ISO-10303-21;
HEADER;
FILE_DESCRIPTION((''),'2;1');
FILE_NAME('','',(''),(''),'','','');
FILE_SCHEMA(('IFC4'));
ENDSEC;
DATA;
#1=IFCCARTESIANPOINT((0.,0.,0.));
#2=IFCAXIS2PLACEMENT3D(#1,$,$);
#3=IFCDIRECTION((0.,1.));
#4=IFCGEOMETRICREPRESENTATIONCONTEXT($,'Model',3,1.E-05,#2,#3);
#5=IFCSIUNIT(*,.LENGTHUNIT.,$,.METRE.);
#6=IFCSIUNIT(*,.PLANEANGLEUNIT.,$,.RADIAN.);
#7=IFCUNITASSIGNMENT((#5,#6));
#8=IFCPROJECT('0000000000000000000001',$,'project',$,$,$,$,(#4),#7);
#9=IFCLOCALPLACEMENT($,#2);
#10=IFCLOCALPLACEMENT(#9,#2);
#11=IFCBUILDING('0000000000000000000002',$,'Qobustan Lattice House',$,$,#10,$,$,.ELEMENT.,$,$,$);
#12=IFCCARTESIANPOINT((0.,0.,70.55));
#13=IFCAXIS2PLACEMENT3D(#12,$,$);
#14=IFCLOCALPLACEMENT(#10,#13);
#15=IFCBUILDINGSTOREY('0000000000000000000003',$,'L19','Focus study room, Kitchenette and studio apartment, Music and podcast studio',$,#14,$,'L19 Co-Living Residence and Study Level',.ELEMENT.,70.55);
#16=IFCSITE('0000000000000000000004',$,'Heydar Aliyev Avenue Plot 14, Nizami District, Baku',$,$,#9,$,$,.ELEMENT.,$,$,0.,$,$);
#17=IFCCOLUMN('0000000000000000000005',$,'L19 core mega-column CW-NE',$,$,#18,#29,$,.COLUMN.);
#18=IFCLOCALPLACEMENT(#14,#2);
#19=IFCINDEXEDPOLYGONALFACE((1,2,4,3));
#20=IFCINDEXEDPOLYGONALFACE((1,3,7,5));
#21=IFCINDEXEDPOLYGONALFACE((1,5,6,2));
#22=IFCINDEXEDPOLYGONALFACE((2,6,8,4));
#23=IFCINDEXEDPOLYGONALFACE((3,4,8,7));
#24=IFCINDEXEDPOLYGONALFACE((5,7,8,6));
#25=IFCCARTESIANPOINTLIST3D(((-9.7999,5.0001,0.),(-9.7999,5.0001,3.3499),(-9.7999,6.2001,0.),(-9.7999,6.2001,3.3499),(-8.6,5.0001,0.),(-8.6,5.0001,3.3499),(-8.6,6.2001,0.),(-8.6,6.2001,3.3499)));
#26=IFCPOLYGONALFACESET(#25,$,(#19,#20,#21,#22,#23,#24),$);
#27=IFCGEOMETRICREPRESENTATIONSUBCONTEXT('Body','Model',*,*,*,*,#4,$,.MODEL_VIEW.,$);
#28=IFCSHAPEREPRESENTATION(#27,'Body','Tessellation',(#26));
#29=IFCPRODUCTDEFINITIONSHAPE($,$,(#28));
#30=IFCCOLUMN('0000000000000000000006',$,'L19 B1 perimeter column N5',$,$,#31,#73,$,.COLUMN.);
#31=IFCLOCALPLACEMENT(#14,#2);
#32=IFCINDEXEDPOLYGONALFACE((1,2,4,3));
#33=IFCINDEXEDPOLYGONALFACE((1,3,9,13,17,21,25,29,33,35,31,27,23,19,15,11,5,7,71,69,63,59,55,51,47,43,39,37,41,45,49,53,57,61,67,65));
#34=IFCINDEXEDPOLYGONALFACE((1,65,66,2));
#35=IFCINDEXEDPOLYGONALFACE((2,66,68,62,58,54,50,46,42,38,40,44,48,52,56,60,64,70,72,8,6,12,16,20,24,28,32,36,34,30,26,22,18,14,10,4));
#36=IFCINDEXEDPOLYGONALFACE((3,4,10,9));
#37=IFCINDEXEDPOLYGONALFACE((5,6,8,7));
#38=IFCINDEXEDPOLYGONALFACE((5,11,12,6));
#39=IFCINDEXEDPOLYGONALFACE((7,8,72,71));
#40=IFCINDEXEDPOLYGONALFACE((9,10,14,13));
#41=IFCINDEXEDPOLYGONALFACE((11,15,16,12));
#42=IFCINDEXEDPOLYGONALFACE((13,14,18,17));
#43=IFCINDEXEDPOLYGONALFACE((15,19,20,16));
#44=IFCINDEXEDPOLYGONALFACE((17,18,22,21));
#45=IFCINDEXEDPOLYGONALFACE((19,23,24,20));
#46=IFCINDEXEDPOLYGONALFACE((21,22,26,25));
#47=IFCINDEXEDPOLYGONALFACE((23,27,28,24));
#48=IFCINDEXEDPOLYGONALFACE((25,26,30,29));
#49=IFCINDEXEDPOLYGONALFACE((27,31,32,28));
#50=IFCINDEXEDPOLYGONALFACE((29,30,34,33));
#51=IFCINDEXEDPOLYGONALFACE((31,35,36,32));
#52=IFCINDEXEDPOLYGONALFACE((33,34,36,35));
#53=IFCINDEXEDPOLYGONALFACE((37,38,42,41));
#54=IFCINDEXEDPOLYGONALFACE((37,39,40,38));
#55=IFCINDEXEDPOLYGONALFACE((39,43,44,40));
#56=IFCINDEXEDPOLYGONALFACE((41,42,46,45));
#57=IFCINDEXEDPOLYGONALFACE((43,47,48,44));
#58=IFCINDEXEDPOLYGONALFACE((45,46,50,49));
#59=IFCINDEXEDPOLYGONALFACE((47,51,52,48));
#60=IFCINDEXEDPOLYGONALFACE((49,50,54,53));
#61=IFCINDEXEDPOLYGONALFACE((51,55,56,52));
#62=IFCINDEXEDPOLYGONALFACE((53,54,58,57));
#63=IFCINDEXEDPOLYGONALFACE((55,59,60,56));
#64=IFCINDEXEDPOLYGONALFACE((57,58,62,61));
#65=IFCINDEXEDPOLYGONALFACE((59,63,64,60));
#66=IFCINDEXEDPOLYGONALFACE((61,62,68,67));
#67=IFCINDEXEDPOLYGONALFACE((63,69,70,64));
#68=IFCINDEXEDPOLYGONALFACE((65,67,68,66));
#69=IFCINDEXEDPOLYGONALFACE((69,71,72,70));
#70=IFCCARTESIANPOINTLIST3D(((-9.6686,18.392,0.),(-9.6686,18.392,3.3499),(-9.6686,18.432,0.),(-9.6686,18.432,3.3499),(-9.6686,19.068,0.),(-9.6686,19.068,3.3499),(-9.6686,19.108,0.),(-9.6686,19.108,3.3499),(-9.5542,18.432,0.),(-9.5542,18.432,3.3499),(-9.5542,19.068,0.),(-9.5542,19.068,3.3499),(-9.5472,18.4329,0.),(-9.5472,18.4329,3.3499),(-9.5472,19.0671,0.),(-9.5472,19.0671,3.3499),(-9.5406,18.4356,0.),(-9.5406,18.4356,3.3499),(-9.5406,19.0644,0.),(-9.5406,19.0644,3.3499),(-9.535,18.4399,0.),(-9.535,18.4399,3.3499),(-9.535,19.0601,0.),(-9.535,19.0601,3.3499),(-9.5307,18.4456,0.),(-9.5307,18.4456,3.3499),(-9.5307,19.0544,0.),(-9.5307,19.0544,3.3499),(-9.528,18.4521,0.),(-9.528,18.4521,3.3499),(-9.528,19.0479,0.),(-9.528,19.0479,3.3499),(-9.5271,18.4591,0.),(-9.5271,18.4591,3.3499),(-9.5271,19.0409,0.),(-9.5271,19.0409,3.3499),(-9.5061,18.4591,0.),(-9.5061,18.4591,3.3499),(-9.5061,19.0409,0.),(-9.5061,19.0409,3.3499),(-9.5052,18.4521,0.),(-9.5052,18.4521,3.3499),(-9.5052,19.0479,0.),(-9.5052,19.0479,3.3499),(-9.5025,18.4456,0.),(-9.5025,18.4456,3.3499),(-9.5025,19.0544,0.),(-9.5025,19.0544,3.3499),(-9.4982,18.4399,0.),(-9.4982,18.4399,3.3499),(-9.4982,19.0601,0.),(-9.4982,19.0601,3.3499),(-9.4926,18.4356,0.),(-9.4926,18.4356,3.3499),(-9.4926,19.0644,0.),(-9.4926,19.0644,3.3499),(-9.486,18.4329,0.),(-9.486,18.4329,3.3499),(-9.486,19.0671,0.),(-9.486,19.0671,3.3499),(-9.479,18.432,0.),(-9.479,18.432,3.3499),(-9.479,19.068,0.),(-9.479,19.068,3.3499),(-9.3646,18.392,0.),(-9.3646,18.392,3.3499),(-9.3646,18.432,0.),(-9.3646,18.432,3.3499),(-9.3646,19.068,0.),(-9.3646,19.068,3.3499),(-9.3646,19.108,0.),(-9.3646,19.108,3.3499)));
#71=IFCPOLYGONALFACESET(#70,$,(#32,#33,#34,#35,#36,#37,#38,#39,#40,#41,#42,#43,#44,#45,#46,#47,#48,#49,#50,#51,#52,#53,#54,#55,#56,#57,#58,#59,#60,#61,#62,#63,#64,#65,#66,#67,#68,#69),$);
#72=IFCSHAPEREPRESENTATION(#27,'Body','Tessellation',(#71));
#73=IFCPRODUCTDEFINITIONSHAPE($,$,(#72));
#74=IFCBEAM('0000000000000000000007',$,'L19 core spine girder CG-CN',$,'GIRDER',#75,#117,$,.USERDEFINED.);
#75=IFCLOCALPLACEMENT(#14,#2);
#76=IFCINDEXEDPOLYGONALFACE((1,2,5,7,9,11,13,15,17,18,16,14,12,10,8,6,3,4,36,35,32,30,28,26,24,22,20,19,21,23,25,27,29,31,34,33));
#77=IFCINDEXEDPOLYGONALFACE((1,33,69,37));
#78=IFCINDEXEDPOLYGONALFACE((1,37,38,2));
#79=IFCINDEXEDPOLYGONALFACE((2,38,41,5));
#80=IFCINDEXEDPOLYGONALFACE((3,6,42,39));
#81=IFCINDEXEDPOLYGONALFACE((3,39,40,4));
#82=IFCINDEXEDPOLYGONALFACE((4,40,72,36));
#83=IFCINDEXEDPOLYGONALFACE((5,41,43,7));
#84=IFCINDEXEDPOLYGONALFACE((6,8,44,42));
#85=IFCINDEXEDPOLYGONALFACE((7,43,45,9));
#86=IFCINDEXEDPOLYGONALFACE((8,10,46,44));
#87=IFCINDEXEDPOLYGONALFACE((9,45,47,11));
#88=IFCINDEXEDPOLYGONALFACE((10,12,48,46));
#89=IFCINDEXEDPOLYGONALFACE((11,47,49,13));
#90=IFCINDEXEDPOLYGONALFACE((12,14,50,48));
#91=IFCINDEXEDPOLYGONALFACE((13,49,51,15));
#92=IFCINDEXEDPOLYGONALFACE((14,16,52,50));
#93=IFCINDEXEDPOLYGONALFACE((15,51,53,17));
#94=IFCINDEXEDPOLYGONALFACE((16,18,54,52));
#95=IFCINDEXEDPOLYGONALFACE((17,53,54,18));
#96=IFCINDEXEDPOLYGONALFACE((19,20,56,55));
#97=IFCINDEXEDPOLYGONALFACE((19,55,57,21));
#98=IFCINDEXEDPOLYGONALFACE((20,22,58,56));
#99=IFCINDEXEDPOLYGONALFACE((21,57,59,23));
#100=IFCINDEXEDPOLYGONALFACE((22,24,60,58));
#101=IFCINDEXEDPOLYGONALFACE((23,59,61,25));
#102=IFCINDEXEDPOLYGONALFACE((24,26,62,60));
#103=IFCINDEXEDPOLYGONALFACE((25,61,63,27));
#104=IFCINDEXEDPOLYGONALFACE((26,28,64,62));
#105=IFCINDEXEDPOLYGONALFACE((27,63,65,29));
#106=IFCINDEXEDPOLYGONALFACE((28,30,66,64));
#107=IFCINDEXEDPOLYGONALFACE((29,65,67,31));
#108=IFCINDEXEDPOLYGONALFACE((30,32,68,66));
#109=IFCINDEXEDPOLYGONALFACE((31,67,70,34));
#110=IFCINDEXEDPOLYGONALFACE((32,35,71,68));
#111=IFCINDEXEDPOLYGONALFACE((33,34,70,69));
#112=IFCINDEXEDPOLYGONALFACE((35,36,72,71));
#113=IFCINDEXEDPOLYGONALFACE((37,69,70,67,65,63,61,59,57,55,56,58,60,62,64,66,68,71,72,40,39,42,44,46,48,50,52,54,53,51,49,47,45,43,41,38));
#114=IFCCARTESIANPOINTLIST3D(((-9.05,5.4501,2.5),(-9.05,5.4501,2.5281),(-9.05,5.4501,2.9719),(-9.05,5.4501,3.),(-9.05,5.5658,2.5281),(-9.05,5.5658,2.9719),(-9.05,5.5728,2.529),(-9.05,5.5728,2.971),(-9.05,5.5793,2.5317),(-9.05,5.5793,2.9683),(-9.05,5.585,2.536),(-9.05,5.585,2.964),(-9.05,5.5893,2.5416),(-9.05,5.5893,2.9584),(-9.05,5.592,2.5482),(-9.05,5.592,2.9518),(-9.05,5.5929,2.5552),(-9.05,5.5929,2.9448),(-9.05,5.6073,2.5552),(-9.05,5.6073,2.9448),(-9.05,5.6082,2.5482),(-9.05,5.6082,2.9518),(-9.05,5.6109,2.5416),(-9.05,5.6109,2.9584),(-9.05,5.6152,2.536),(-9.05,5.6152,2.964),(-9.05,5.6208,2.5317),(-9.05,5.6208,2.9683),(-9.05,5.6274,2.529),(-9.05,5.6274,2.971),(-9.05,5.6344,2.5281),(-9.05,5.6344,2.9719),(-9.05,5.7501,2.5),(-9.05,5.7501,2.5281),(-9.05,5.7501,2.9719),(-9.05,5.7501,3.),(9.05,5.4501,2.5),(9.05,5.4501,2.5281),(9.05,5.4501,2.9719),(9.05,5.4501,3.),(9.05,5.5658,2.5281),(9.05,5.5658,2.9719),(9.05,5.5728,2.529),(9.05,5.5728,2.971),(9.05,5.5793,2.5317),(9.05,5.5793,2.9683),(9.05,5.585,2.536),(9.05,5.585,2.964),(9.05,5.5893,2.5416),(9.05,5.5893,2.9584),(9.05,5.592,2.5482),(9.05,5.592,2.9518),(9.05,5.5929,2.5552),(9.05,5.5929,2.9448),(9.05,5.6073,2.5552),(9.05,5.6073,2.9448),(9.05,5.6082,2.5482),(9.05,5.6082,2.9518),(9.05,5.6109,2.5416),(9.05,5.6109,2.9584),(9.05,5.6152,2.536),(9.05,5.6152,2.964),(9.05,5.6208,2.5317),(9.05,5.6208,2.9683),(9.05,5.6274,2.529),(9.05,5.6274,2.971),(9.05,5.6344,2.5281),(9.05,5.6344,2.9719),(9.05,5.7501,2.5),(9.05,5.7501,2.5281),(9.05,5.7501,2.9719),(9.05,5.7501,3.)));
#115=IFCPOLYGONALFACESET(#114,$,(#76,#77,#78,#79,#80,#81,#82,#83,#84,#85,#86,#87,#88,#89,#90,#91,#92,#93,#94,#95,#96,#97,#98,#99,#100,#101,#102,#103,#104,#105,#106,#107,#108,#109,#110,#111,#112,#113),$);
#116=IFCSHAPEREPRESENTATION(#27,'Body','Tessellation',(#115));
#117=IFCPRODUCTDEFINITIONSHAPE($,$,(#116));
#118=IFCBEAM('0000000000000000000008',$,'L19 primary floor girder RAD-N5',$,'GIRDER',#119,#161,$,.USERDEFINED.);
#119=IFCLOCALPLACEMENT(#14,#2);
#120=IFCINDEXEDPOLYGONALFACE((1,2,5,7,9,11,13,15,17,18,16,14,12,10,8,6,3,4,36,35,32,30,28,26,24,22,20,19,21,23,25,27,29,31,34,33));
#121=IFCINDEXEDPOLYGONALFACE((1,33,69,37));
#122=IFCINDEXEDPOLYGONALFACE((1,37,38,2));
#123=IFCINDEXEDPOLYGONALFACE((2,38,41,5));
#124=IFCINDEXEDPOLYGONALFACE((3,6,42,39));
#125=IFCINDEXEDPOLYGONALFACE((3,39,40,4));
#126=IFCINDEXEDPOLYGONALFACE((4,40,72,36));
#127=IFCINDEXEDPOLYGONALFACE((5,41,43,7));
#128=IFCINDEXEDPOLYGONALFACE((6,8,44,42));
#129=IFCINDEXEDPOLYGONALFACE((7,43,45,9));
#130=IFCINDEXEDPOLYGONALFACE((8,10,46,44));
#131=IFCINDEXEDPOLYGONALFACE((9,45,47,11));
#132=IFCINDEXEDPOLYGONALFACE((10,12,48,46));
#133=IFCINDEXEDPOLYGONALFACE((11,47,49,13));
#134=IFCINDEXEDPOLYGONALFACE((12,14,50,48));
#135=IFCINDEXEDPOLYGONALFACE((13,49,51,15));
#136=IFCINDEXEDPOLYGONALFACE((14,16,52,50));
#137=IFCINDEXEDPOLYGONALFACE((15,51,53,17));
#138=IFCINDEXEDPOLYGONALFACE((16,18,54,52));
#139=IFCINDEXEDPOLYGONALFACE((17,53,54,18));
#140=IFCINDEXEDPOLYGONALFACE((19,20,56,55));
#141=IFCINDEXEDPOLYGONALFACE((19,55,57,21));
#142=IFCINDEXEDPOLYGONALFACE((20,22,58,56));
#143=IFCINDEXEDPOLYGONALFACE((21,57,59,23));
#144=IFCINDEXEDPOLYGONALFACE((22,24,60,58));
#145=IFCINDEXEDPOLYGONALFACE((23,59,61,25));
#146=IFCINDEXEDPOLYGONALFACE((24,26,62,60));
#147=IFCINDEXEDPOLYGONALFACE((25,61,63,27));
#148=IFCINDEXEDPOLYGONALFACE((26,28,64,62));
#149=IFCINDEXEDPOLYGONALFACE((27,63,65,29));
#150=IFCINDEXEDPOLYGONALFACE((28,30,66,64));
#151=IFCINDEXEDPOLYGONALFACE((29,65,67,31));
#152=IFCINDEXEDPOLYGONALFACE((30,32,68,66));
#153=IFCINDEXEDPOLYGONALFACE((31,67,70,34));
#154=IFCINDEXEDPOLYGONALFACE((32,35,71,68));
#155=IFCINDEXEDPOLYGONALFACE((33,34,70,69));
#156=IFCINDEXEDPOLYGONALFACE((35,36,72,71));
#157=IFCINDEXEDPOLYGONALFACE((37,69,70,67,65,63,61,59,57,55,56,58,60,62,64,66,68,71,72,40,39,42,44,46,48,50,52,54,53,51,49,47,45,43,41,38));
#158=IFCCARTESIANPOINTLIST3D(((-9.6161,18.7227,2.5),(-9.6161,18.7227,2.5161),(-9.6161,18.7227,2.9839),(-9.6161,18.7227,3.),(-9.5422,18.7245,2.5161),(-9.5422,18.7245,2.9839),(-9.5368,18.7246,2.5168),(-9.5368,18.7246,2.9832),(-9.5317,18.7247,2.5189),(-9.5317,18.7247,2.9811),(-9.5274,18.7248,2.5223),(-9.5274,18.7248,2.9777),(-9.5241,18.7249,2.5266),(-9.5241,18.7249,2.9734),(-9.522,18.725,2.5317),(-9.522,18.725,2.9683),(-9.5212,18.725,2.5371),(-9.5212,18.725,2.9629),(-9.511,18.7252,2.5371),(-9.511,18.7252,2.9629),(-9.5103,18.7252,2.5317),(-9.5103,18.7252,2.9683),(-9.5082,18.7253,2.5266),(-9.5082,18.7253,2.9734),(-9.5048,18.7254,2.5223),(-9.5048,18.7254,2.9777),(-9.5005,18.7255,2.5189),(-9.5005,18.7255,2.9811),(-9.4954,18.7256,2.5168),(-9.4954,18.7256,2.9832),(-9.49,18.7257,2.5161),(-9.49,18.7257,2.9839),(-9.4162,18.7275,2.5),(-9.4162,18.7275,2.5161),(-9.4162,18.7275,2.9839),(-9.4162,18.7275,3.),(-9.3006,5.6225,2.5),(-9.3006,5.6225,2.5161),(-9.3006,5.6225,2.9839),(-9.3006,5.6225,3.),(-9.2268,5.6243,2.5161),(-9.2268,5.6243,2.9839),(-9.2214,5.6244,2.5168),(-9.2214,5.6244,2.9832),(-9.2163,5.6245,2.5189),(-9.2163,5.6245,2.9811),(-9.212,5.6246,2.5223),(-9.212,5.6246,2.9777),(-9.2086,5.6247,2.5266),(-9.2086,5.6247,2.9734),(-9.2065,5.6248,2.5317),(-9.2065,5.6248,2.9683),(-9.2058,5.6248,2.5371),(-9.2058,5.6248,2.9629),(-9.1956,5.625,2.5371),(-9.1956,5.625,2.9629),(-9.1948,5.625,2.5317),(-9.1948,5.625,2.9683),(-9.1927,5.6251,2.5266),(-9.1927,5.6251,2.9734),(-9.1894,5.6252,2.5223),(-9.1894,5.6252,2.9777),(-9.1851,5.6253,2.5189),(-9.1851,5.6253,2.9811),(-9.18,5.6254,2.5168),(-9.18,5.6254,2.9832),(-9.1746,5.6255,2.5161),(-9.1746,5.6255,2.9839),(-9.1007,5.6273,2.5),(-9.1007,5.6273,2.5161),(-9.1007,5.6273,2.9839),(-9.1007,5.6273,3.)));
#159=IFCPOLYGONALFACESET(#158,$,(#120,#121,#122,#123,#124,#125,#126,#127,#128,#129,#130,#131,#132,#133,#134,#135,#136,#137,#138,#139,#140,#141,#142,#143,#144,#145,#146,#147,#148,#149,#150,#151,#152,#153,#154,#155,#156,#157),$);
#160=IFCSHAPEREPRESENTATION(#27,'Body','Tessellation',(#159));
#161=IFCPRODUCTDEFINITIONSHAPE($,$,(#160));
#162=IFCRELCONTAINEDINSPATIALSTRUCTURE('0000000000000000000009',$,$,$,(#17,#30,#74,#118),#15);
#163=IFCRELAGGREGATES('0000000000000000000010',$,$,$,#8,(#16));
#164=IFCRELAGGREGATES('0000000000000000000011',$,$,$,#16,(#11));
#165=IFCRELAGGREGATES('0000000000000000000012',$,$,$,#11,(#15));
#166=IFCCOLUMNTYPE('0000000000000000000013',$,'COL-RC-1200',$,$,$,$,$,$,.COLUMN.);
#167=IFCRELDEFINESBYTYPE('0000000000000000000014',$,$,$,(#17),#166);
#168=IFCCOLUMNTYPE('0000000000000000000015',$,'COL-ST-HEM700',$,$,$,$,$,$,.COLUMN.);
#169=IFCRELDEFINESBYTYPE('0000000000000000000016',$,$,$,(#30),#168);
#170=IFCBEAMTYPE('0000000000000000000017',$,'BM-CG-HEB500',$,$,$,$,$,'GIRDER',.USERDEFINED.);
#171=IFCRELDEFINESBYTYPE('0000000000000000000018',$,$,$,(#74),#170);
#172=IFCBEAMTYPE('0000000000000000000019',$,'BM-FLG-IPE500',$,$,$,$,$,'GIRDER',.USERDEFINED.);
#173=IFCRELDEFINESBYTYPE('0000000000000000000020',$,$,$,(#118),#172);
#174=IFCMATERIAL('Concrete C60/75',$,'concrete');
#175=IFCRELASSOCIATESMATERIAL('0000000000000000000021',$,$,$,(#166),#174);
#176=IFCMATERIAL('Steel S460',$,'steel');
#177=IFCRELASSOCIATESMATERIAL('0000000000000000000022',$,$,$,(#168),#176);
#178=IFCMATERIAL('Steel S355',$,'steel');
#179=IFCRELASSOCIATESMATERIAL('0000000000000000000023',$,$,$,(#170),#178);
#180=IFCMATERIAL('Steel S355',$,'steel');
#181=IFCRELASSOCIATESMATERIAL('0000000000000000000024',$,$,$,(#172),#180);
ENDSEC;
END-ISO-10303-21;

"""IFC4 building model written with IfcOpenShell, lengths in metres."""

from ifc_helpers import new_model, si_unit, direction, frame, origin, origin_2d, place, context, subcontext, project, spatial, rectangle, i_section, extrude, material, material_profile, profile_set, type_object, element, save


model = new_model("IFC4")

# Units and contexts
model_context = context("Model", 3, precision=1e-05, world=origin(), true_north=direction((0.0, 1.0)))
body_context = subcontext(model_context, "Body", "Model", "MODEL_VIEW")
ifc_project = project(units=[si_unit("LENGTHUNIT", "METRE"), si_unit("PLANEANGLEUNIT", "RADIAN")], contexts=[model_context])

# Site, building, storey
site_placement = place(None, origin())
site = spatial("IfcSite", under=ifc_project, at=site_placement, Name="Heydar Aliyev Avenue Plot 14, Nizami District, Baku", CompositionType="ELEMENT", RefElevation=0.0)
building_placement = place(site_placement, origin())
building = spatial("IfcBuilding", under=site, at=building_placement, Name="Qobustan Lattice House", CompositionType="ELEMENT")
storey_placement = place(building_placement, frame((0.0, 0.0, 70.55)))
storey = spatial("IfcBuildingStorey", under=building, at=storey_placement, Name="L19", Description="Focus study room, Kitchenette and studio apartment, Music and podcast studio", LongName="L19 Co-Living Residence and Study Level", CompositionType="ELEMENT", Elevation=70.55)

# Columns
ifc_material_1 = material(Name="Concrete C60/75", Category="concrete")
ifc_material_profile_1 = material_profile(ifc_material_1, rectangle(XDim=1.2, YDim=1.2, at=origin_2d()), Name="RC1200x1200")
ifc_profile_set_1 = profile_set([ifc_material_profile_1], Name="Concrete C60/75")
column_type_1 = type_object("IfcColumnType", Name="COL-RC-1200", PredefinedType="COLUMN", material=ifc_profile_set_1)
column_1_placement = place(storey_placement, frame((-9.2, 5.6001, 0.0), z_axis=(0.0, 0.0, 1.0), x_axis=(1.0, 0.0, 0.0)))
element("IfcColumn", 1, at=column_1_placement, inside=storey, type_object=column_type_1, Name="L19 core mega-column CW-NE", PredefinedType="COLUMN", context=body_context, shape_type="SweptSolid", body=[
    extrude(rectangle(XDim=1.2, YDim=1.2, at=origin_2d()), origin(), (0.0, 0.0, 1.0), 3.3499),
])
ifc_material_2 = material(Name="Steel S460", Category="steel")
ifc_material_profile_2 = material_profile(ifc_material_2, i_section(OverallWidth=0.304, OverallDepth=0.7161, WebThickness=0.021, FlangeThickness=0.04, FilletRadius=0.0271, at=origin_2d()), Name="HEM700")
ifc_profile_set_2 = profile_set([ifc_material_profile_2], Name="Steel S460")
column_type_2 = type_object("IfcColumnType", Name="COL-ST-HEM700", PredefinedType="COLUMN", material=ifc_profile_set_2)
column_2_placement = place(storey_placement, frame((-9.5166, 18.75, 0.0), z_axis=(0.0, 0.0, 1.0), x_axis=(1.0, 0.0, 0.0)))
element("IfcColumn", 2, at=column_2_placement, inside=storey, type_object=column_type_2, Name="L19 B1 perimeter column N5", PredefinedType="COLUMN", context=body_context, shape_type="SweptSolid", body=[
    extrude(i_section(OverallWidth=0.304, OverallDepth=0.7161, WebThickness=0.021, FlangeThickness=0.04, FilletRadius=0.0271, at=origin_2d()), origin(), (0.0, 0.0, 1.0), 3.3499),
])

# Beams
ifc_material_3 = material(Name="Steel S355", Category="steel")
ifc_material_profile_3 = material_profile(ifc_material_3, i_section(OverallWidth=0.3, OverallDepth=0.5, WebThickness=0.0144, FlangeThickness=0.0281, FilletRadius=0.0271, at=origin_2d()), Name="HEB500")
ifc_profile_set_3 = profile_set([ifc_material_profile_3], Name="Steel S355")
beam_type_1 = type_object("IfcBeamType", Name="BM-CG-HEB500", ElementType="GIRDER", PredefinedType="USERDEFINED", material=ifc_profile_set_3)
beam_1_placement = place(storey_placement, frame((-9.05, 5.6001, 2.75), z_axis=(1.0, 0.0, 0.0), x_axis=(0.0, 1.0, 0.0)))
element("IfcBeam", 3, at=beam_1_placement, inside=storey, type_object=beam_type_1, Name="L19 core spine girder CG-CN", ObjectType="GIRDER", PredefinedType="USERDEFINED", context=body_context, shape_type="SweptSolid", body=[
    extrude(i_section(OverallWidth=0.3, OverallDepth=0.5, WebThickness=0.0144, FlangeThickness=0.0281, FilletRadius=0.0271, at=origin_2d()), origin(), (0.0, 0.0, 1.0), 18.1001),
])
ifc_material_4 = material(Name="Steel S355", Category="steel")
ifc_material_profile_4 = material_profile(ifc_material_4, i_section(OverallWidth=0.2, OverallDepth=0.5, WebThickness=0.0103, FlangeThickness=0.0161, FilletRadius=0.021, at=origin_2d()), Name="IPE500")
ifc_profile_set_4 = profile_set([ifc_material_profile_4], Name="Steel S355")
beam_type_2 = type_object("IfcBeamType", Name="BM-FLG-IPE500", ElementType="GIRDER", PredefinedType="USERDEFINED", material=ifc_profile_set_4)
beam_2_placement = place(storey_placement, frame((-9.5161, 18.7251, 2.75), z_axis=(0.024071, -0.99971, 0.0), x_axis=(0.99971, 0.024071, 0.0)))
element("IfcBeam", 4, at=beam_2_placement, inside=storey, type_object=beam_type_2, Name="L19 primary floor girder RAD-N5", ObjectType="GIRDER", PredefinedType="USERDEFINED", context=body_context, shape_type="SweptSolid", body=[
    extrude(i_section(OverallWidth=0.2, OverallDepth=0.5, WebThickness=0.0103, FlangeThickness=0.0161, FilletRadius=0.021, at=origin_2d()), origin(), (0.0, 0.0, 1.0), 13.104),
])

save(model, "model.ifc")
